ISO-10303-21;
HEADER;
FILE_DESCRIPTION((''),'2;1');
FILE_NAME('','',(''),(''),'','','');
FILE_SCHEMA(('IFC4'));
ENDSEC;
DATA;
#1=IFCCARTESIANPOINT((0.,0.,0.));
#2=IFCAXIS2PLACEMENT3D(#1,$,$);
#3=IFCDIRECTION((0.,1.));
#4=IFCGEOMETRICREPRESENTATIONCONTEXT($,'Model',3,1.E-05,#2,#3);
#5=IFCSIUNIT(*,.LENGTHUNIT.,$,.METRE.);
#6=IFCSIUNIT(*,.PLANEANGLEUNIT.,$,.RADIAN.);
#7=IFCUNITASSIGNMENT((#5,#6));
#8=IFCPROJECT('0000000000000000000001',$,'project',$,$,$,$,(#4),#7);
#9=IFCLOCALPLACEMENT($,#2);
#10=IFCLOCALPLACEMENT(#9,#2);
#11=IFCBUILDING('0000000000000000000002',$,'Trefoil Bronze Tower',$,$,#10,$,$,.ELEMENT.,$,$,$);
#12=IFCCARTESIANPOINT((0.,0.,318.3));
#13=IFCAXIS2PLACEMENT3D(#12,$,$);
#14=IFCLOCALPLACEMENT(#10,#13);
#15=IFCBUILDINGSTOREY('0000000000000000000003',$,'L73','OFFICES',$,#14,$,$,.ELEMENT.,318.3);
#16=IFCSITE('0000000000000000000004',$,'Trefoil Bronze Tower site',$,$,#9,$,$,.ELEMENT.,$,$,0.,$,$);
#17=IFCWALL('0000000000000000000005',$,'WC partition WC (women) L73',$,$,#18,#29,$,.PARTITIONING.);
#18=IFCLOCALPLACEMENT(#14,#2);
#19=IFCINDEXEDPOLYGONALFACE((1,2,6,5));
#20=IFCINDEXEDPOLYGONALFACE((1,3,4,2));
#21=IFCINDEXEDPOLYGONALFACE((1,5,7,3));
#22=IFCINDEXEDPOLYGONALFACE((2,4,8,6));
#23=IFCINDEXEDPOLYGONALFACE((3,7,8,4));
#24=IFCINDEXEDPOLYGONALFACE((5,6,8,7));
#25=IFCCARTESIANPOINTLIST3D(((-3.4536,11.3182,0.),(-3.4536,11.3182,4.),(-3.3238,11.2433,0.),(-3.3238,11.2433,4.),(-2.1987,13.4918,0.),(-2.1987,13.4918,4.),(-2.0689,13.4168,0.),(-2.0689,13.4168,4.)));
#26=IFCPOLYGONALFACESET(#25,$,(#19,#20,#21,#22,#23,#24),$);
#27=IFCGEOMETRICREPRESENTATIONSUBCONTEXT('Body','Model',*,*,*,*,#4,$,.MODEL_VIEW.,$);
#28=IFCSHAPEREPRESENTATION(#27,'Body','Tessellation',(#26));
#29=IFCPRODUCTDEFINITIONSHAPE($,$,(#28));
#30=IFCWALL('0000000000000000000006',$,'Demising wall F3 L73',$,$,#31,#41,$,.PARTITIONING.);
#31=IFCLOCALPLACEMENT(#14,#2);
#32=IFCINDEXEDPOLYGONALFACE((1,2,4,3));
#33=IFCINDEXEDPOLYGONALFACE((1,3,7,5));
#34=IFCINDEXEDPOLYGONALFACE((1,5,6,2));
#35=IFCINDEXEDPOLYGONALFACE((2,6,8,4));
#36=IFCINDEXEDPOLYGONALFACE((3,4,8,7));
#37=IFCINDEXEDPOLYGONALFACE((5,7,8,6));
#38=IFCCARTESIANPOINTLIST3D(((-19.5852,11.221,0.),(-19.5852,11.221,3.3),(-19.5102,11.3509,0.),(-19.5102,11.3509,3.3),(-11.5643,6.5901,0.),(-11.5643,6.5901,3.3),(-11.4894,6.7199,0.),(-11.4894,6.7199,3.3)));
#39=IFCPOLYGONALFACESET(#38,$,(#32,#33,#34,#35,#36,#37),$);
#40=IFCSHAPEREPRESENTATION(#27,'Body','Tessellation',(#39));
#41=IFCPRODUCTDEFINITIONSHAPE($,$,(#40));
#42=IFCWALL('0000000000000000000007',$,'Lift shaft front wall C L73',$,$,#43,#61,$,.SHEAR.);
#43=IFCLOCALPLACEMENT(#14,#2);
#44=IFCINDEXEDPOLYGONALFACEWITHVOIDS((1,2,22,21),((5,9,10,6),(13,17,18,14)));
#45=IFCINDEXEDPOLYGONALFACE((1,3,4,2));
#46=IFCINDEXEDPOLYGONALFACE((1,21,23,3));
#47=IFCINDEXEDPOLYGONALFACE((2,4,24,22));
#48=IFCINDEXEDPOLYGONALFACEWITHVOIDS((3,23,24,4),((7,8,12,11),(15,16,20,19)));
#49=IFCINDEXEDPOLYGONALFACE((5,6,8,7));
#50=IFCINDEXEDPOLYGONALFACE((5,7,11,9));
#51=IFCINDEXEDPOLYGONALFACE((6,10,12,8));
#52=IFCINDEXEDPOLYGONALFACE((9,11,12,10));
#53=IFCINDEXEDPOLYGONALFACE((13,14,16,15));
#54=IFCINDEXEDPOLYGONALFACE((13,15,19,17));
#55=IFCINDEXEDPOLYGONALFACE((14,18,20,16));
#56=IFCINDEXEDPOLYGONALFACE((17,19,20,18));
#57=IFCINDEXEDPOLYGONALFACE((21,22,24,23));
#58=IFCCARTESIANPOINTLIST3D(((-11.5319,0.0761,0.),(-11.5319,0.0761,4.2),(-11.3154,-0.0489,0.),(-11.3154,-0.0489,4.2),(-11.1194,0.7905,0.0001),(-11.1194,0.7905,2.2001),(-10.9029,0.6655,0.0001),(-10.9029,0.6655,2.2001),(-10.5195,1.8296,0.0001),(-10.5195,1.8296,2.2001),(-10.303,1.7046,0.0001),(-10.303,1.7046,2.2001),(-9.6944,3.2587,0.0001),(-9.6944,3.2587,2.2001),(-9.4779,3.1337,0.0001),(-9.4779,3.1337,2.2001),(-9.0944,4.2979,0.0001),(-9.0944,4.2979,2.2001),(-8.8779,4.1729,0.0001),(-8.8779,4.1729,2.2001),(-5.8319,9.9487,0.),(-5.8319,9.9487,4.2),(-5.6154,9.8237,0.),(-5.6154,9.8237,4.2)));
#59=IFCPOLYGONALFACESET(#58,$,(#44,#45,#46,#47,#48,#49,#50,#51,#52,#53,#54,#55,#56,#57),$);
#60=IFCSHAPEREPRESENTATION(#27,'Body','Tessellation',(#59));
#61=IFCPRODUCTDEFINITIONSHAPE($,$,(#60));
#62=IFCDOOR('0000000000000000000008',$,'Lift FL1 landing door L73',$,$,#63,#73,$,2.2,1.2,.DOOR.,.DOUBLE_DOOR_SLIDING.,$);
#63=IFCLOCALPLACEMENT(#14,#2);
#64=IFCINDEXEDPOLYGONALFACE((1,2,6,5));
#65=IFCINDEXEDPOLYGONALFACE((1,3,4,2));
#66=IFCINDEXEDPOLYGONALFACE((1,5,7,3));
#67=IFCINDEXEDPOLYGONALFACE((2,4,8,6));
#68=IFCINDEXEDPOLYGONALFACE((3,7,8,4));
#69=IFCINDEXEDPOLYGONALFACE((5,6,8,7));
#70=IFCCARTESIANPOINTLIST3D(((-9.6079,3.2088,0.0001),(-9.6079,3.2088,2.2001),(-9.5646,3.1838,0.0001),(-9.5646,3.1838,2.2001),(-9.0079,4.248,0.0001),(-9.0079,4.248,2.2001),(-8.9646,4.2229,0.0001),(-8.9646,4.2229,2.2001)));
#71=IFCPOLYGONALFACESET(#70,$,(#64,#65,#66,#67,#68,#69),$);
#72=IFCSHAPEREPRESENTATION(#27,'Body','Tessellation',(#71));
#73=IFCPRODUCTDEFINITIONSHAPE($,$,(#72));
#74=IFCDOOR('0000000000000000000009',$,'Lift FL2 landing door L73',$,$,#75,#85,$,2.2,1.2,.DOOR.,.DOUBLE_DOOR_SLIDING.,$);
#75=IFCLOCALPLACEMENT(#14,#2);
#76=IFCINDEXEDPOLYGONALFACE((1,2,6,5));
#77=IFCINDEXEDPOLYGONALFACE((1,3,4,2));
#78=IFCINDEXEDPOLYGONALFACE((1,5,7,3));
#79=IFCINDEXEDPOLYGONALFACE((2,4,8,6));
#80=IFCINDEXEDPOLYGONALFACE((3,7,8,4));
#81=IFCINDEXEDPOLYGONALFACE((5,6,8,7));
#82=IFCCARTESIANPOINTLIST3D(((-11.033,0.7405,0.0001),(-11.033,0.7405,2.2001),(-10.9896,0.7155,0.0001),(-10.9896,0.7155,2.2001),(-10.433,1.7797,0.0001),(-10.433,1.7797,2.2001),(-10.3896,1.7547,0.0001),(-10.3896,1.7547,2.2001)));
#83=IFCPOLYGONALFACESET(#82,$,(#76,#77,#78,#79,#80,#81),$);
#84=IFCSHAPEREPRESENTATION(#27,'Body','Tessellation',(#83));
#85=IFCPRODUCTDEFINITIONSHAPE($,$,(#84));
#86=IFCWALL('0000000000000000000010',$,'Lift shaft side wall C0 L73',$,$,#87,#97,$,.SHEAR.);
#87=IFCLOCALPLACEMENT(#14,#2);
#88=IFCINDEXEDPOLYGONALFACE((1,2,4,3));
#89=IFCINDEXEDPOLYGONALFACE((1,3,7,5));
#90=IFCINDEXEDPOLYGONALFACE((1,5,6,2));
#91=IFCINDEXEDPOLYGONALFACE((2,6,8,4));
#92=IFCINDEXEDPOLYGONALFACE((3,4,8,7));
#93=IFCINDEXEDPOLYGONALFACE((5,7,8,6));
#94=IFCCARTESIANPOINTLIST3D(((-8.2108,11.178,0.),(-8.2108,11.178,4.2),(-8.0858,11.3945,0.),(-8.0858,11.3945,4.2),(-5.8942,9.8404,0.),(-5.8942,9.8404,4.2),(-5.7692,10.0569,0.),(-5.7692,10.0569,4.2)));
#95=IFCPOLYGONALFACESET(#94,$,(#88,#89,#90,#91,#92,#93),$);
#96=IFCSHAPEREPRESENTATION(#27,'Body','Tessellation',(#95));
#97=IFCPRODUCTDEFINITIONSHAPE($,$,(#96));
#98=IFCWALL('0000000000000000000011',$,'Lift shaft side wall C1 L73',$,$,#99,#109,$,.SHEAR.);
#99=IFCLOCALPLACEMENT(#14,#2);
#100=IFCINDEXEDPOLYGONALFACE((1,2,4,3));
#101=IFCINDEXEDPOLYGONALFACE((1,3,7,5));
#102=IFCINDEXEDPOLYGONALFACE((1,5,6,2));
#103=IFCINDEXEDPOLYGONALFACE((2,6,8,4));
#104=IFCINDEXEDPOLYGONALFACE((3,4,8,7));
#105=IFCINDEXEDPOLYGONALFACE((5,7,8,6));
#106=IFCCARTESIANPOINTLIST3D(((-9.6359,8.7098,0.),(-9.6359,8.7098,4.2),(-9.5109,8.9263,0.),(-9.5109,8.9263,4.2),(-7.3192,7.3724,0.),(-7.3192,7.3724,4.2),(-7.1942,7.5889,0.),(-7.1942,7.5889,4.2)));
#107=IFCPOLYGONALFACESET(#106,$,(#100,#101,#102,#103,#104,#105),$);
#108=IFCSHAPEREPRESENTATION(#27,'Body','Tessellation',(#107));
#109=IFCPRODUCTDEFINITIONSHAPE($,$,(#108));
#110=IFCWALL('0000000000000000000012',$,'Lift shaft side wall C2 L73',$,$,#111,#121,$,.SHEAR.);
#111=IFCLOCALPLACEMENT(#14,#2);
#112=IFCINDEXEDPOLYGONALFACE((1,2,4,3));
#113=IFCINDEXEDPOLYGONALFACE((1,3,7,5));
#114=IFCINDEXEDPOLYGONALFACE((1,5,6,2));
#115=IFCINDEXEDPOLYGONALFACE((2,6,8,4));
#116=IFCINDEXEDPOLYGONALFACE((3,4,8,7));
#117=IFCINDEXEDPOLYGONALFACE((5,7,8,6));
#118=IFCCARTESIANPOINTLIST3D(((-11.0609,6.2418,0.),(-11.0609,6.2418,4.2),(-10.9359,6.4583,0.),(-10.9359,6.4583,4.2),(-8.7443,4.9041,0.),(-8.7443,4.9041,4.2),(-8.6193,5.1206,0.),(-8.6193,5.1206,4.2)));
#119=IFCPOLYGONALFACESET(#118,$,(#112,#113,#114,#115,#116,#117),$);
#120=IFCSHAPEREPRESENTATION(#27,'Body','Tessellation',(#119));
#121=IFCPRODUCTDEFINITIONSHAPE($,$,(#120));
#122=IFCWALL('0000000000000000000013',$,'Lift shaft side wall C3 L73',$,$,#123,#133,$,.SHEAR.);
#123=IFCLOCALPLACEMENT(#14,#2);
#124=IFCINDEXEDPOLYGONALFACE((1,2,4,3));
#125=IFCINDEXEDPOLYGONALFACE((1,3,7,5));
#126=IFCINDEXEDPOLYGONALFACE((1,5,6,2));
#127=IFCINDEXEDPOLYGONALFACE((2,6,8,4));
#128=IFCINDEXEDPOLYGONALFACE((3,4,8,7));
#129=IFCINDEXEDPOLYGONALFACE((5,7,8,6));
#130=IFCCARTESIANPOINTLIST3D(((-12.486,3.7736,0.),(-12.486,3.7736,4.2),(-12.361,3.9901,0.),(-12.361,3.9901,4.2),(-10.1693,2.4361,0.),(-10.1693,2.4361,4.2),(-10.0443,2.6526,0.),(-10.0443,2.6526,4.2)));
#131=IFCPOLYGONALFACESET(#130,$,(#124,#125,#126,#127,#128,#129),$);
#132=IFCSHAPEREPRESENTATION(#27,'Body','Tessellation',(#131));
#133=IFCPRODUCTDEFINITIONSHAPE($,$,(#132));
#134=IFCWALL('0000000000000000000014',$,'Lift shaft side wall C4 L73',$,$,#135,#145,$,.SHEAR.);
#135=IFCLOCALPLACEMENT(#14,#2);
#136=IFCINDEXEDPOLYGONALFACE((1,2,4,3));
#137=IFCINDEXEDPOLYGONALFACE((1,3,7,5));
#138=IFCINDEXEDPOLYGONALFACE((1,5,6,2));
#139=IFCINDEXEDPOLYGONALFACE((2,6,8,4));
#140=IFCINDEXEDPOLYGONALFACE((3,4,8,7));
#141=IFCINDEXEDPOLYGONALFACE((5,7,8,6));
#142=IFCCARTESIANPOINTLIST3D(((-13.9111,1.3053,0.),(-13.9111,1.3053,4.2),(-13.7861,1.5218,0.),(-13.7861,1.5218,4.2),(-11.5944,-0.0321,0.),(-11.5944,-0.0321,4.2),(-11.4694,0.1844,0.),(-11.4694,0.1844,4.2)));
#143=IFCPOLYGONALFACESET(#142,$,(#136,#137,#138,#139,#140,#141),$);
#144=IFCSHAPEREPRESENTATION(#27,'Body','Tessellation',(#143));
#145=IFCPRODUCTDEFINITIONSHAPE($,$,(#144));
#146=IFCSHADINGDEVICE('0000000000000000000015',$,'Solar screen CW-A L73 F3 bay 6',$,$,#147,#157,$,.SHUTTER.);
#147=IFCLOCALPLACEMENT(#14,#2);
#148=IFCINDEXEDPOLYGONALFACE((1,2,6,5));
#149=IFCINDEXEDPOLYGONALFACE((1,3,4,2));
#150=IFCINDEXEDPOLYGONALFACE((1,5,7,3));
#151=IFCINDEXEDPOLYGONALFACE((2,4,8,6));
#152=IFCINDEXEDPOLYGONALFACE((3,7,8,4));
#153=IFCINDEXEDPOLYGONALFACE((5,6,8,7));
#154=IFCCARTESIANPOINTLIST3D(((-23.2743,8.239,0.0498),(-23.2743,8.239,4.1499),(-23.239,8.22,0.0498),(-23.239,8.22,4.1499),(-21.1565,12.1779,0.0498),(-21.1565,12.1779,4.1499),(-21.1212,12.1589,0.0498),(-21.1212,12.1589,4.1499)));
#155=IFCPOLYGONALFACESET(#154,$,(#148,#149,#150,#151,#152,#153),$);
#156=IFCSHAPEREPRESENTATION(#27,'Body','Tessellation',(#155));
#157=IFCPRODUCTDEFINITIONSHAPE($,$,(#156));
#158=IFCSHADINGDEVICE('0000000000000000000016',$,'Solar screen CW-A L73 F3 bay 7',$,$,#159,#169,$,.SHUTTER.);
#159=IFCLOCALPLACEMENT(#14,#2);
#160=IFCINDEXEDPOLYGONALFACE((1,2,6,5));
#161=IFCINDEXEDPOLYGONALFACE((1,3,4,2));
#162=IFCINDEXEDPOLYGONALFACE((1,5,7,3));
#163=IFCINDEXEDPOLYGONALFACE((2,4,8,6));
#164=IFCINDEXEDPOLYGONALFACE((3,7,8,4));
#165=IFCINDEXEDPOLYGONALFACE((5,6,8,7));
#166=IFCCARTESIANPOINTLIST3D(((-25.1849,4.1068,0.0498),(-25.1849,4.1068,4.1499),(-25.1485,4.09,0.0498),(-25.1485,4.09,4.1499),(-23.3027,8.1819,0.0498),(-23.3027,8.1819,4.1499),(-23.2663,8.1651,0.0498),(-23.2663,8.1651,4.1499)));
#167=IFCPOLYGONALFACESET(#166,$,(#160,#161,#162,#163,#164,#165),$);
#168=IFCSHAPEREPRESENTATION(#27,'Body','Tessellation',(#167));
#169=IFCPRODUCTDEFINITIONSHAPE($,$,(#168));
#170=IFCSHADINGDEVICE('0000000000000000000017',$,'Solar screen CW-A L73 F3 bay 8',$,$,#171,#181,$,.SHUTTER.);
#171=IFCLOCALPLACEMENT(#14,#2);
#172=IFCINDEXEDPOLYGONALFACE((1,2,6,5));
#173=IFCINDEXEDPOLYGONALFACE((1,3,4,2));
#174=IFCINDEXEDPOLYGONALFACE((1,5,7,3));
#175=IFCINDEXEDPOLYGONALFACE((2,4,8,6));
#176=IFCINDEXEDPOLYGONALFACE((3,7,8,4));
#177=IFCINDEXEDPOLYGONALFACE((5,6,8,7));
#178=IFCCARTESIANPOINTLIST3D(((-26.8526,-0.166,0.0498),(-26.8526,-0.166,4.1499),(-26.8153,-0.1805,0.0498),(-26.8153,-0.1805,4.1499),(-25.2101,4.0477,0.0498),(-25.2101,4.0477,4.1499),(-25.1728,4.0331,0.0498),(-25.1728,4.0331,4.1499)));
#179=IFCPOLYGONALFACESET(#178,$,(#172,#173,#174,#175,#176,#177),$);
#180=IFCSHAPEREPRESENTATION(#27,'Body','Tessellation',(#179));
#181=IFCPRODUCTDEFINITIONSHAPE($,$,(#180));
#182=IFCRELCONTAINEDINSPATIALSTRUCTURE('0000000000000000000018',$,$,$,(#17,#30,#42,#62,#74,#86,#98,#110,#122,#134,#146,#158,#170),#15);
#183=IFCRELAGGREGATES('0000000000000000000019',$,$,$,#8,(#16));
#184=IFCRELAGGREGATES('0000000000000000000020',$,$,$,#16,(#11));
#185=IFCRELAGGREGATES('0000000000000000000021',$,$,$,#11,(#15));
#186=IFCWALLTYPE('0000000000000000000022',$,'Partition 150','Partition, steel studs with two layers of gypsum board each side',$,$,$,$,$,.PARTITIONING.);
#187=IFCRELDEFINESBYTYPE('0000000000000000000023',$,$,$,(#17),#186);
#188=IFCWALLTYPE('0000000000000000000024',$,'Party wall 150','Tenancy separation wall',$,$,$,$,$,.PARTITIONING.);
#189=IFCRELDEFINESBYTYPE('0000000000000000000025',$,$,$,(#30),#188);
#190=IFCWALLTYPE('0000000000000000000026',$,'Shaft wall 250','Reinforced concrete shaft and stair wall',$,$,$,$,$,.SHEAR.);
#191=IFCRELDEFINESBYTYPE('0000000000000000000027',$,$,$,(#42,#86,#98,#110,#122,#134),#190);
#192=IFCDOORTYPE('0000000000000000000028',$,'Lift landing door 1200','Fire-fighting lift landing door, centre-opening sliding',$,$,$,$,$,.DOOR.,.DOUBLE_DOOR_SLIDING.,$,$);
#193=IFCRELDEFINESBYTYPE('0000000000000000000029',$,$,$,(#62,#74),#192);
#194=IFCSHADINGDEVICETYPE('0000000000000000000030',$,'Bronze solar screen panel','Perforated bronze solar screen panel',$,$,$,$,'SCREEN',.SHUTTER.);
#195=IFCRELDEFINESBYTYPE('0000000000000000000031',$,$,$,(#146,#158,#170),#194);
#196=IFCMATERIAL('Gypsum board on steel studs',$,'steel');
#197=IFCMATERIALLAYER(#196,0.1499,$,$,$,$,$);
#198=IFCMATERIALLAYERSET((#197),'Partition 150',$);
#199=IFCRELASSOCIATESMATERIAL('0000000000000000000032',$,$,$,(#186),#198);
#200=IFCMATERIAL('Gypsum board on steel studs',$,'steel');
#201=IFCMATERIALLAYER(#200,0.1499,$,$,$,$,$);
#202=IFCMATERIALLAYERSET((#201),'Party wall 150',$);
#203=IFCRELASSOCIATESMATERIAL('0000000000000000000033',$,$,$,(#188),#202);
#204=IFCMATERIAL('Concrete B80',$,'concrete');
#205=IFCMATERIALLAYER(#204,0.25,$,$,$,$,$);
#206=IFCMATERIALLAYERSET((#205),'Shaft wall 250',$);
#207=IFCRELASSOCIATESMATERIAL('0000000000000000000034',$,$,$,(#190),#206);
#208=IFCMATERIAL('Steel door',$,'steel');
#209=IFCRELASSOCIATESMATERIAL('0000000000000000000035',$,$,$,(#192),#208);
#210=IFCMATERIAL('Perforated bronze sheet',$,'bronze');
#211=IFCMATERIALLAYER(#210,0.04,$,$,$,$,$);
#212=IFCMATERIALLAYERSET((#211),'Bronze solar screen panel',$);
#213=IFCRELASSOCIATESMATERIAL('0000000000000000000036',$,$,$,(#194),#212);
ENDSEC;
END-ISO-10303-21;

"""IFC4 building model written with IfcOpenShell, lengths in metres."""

from ifc_helpers import new_model, si_unit, direction, frame, frame_2d, origin, origin_2d, place, context, subcontext, project, spatial, rectangle, extrude, material, layer, layer_set, type_object, element, fill, save


model = new_model("IFC4")

# Units and contexts
model_context = context("Model", 3, precision=1e-05, world=origin(), true_north=direction((0.0, 1.0)))
body_context = subcontext(model_context, "Body", "Model", "MODEL_VIEW")
ifc_project = project(units=[si_unit("LENGTHUNIT", "METRE"), si_unit("PLANEANGLEUNIT", "RADIAN")], contexts=[model_context])

# Site, building, storey
site_placement = place(None, origin())
site = spatial("IfcSite", under=ifc_project, at=site_placement, Name="Trefoil Bronze Tower site", CompositionType="ELEMENT", RefElevation=0.0)
building_placement = place(site_placement, origin())
building = spatial("IfcBuilding", under=site, at=building_placement, Name="Trefoil Bronze Tower", CompositionType="ELEMENT")
storey_placement = place(building_placement, frame((0.0, 0.0, 318.3)))
storey = spatial("IfcBuildingStorey", under=building, at=storey_placement, Name="L73", Description="OFFICES", CompositionType="ELEMENT", Elevation=318.3)

# Walls
ifc_material_1 = material(Name="Gypsum board on steel studs", Category="steel")
ifc_layer_1 = layer(ifc_material_1, 0.1499)
ifc_layer_set_1 = layer_set([ifc_layer_1], Name="Partition 150")
wall_type_1 = type_object("IfcWallType", Name="Partition 150", Description="Partition, steel studs with two layers of gypsum board each side", PredefinedType="PARTITIONING", material=ifc_layer_set_1)
wall_1_placement = place(storey_placement, frame((-3.3887, 11.2808, 0.0), z_axis=(0.0, 0.0, 1.0), x_axis=(0.499989, 0.866032, 0.0)))
element("IfcWall", 1, at=wall_1_placement, inside=storey, type_object=wall_type_1, Name="WC partition WC (women) L73", PredefinedType="PARTITIONING", context=body_context, shape_type="SweptSolid", body=[
    extrude(rectangle(XDim=2.5098, YDim=0.1499, at=frame_2d((1.2549, 0.0))), origin(), (0.0, 0.0, 1.0), 4.0),
])
ifc_material_2 = material(Name="Gypsum board on steel studs", Category="steel")
ifc_layer_2 = layer(ifc_material_2, 0.1499)
ifc_layer_set_2 = layer_set([ifc_layer_2], Name="Party wall 150")
wall_type_2 = type_object("IfcWallType", Name="Party wall 150", Description="Tenancy separation wall", PredefinedType="PARTITIONING", material=ifc_layer_set_2)
wall_2_placement = place(storey_placement, frame((-11.5269, 6.655, 0.0), z_axis=(0.0, 0.0, 1.0), x_axis=(-0.866022, 0.500006, 0.0)))
element("IfcWall", 2, at=wall_2_placement, inside=storey, type_object=wall_type_2, Name="Demising wall F3 L73", PredefinedType="PARTITIONING", context=body_context, shape_type="SweptSolid", body=[
    extrude(rectangle(XDim=9.2617, YDim=0.1499, at=frame_2d((4.6309, 0.0))), origin(), (0.0, 0.0, 1.0), 3.3),
])

# Wall, openings, doors
ifc_material_3 = material(Name="Concrete B80", Category="concrete")
ifc_layer_3 = layer(ifc_material_3, 0.25)
ifc_layer_set_3 = layer_set([ifc_layer_3], Name="Shaft wall 250")
wall_type_3 = type_object("IfcWallType", Name="Shaft wall 250", Description="Reinforced concrete shaft and stair wall", PredefinedType="SHEAR", material=ifc_layer_set_3)
wall_3_placement = place(storey_placement, frame((-5.7236, 9.8862, 0.0), z_axis=(0.0, 0.0, 1.0), x_axis=(-0.500002, -0.866024, 0.0)))
wall_3 = element("IfcWall", 3, at=wall_3_placement, inside=storey, type_object=wall_type_3, Name="Lift shaft front wall C L73", PredefinedType="SHEAR", context=body_context, shape_type="SweptSolid", body=[
    extrude(rectangle(XDim=11.3999, YDim=0.25, at=frame_2d((5.7, 0.0))), origin(), (0.0, 0.0, 1.0), 4.2),
])
opening_1_placement = place(wall_3_placement, frame((6.5249, 0.0, 0.0)))
opening_1 = element("IfcOpeningElement", 4, at=opening_1_placement, cuts=wall_3, PredefinedType="OPENING", context=body_context, shape_type="SweptSolid", body=[
    extrude(rectangle(XDim=1.2, YDim=2.2, at=frame_2d((0.6001, 1.1001))), frame((0.0, 0.135, 0.0), z_axis=(0.0, -1.0, 0.0), x_axis=(1.0, 0.0, 0.0)), (0.0, 0.0, 1.0), 0.27),
])
opening_2_placement = place(wall_3_placement, frame((9.375, 0.0, 0.0)))
opening_2 = element("IfcOpeningElement", 5, at=opening_2_placement, cuts=wall_3, PredefinedType="OPENING", context=body_context, shape_type="SweptSolid", body=[
    extrude(rectangle(XDim=1.2, YDim=2.2, at=frame_2d((0.6001, 1.1001))), frame((0.0, 0.135, 0.0), z_axis=(0.0, -1.0, 0.0), x_axis=(1.0, 0.0, 0.0)), (0.0, 0.0, 1.0), 0.27),
])
ifc_material_4 = material(Name="Steel door", Category="steel")
door_type = type_object("IfcDoorType", Name="Lift landing door 1200", Description="Fire-fighting lift landing door, centre-opening sliding", OperationType="DOUBLE_DOOR_SLIDING", PredefinedType="DOOR", material=ifc_material_4)
door_1_placement = place(opening_1_placement, origin())
door_1 = element("IfcDoor", 6, at=door_1_placement, inside=storey, type_object=door_type, Name="Lift FL1 landing door L73", OperationType="DOUBLE_DOOR_SLIDING", OverallHeight=2.2, OverallWidth=1.2, PredefinedType="DOOR", context=body_context, shape_type="SweptSolid", body=[
    extrude(rectangle(XDim=1.2, YDim=2.2, at=frame_2d((0.6001, 1.1001))), frame((0.0, 0.0249, 0.0), z_axis=(0.0, -1.0, 0.0), x_axis=(1.0, 0.0, 0.0)), (0.0, 0.0, 1.0), 0.05),
])
fill(opening_1, door_1)
door_2_placement = place(opening_2_placement, origin())
door_2 = element("IfcDoor", 7, at=door_2_placement, inside=storey, type_object=door_type, Name="Lift FL2 landing door L73", OperationType="DOUBLE_DOOR_SLIDING", OverallHeight=2.2, OverallWidth=1.2, PredefinedType="DOOR", context=body_context, shape_type="SweptSolid", body=[
    extrude(rectangle(XDim=1.2, YDim=2.2, at=frame_2d((0.6001, 1.1001))), frame((0.0, 0.0249, 0.0), z_axis=(0.0, -1.0, 0.0), x_axis=(1.0, 0.0, 0.0)), (0.0, 0.0, 1.0), 0.05),
])
fill(opening_2, door_2)

# Walls
for number, where, z_axis, x_axis, name in (
    (8, (-5.8318, 9.9487, 0.0), (0.0, 0.0, 1.0), (-0.866005, 0.500036, 0.0), "Lift shaft side wall C0 L73"),
    (9, (-7.2568, 7.4807, 0.0), (0.0, 0.0, 1.0), (-0.866044, 0.499967, 0.0), "Lift shaft side wall C1 L73"),
    (10, (-8.6819, 5.0125, 0.0), (0.0, 0.0, 1.0), (-0.866005, 0.500036, 0.0), "Lift shaft side wall C2 L73"),
    (11, (-10.1069, 2.5444, 0.0), (0.0, 0.0, 1.0), (-0.866044, 0.499967, 0.0), "Lift shaft side wall C3 L73"),
    (12, (-11.532, 0.0762, 0.0), (0.0, 0.0, 1.0), (-0.866044, 0.499967, 0.0), "Lift shaft side wall C4 L73"),
):
    element("IfcWall", number, at=place(storey_placement, frame(where, z_axis=z_axis, x_axis=x_axis)), inside=storey, type_object=wall_type_3, Name=name, PredefinedType="SHEAR", context=body_context, shape_type="SweptSolid", body=[
        extrude(rectangle(XDim=2.675, YDim=0.25, at=frame_2d((1.3374, 0.0))), origin(), (0.0, 0.0, 1.0), 4.2),
    ])

# Shading devices
ifc_material_5 = material(Name="Perforated bronze sheet", Category="bronze")
ifc_layer_4 = layer(ifc_material_5, 0.04)
ifc_layer_set_4 = layer_set([ifc_layer_4], Name="Bronze solar screen panel")
shading_device_type = type_object("IfcShadingDeviceType", Name="Bronze solar screen panel", Description="Perforated bronze solar screen panel", ElementType="SCREEN", PredefinedType="SHUTTER", material=ifc_layer_set_4)
shading_device_1_placement = place(storey_placement, frame((-22.1978, 10.199, 0.0498), z_axis=(0.0, 0.0, 1.0), x_axis=(-0.473562, -0.88076, 0.0)))
element("IfcShadingDevice", 13, at=shading_device_1_placement, inside=storey, type_object=shading_device_type, Name="Solar screen CW-A L73 F3 bay 6", PredefinedType="SHUTTER", context=body_context, shape_type="SweptSolid", body=[
    extrude(rectangle(XDim=4.4722, YDim=0.04, at=origin_2d()), origin(), (0.0, 0.0, 1.0), 4.1001),
])
shading_device_2_placement = place(storey_placement, frame((-24.2256, 6.136, 0.0498), z_axis=(0.0, 0.0, 1.0), x_axis=(-0.419309, -0.907844, 0.0)))
element("IfcShadingDevice", 14, at=shading_device_2_placement, inside=storey, type_object=shading_device_type, Name="Solar screen CW-A L73 F3 bay 7", PredefinedType="SHUTTER", context=body_context, shape_type="SweptSolid", body=[
    extrude(rectangle(XDim=4.4888, YDim=0.04, at=origin_2d()), origin(), (0.0, 0.0, 1.0), 4.1001),
])
shading_device_3_placement = place(storey_placement, frame((-26.0127, 1.9336, 0.0498), z_axis=(0.0, 0.0, 1.0), x_axis=(-0.363199, -0.931712, 0.0)))
element("IfcShadingDevice", 15, at=shading_device_3_placement, inside=storey, type_object=shading_device_type, Name="Solar screen CW-A L73 F3 bay 8", PredefinedType="SHUTTER", context=body_context, shape_type="SweptSolid", body=[
    extrude(rectangle(XDim=4.5225, YDim=0.04, at=origin_2d()), origin(), (0.0, 0.0, 1.0), 4.1001),
])

save(model, "model.ifc")
